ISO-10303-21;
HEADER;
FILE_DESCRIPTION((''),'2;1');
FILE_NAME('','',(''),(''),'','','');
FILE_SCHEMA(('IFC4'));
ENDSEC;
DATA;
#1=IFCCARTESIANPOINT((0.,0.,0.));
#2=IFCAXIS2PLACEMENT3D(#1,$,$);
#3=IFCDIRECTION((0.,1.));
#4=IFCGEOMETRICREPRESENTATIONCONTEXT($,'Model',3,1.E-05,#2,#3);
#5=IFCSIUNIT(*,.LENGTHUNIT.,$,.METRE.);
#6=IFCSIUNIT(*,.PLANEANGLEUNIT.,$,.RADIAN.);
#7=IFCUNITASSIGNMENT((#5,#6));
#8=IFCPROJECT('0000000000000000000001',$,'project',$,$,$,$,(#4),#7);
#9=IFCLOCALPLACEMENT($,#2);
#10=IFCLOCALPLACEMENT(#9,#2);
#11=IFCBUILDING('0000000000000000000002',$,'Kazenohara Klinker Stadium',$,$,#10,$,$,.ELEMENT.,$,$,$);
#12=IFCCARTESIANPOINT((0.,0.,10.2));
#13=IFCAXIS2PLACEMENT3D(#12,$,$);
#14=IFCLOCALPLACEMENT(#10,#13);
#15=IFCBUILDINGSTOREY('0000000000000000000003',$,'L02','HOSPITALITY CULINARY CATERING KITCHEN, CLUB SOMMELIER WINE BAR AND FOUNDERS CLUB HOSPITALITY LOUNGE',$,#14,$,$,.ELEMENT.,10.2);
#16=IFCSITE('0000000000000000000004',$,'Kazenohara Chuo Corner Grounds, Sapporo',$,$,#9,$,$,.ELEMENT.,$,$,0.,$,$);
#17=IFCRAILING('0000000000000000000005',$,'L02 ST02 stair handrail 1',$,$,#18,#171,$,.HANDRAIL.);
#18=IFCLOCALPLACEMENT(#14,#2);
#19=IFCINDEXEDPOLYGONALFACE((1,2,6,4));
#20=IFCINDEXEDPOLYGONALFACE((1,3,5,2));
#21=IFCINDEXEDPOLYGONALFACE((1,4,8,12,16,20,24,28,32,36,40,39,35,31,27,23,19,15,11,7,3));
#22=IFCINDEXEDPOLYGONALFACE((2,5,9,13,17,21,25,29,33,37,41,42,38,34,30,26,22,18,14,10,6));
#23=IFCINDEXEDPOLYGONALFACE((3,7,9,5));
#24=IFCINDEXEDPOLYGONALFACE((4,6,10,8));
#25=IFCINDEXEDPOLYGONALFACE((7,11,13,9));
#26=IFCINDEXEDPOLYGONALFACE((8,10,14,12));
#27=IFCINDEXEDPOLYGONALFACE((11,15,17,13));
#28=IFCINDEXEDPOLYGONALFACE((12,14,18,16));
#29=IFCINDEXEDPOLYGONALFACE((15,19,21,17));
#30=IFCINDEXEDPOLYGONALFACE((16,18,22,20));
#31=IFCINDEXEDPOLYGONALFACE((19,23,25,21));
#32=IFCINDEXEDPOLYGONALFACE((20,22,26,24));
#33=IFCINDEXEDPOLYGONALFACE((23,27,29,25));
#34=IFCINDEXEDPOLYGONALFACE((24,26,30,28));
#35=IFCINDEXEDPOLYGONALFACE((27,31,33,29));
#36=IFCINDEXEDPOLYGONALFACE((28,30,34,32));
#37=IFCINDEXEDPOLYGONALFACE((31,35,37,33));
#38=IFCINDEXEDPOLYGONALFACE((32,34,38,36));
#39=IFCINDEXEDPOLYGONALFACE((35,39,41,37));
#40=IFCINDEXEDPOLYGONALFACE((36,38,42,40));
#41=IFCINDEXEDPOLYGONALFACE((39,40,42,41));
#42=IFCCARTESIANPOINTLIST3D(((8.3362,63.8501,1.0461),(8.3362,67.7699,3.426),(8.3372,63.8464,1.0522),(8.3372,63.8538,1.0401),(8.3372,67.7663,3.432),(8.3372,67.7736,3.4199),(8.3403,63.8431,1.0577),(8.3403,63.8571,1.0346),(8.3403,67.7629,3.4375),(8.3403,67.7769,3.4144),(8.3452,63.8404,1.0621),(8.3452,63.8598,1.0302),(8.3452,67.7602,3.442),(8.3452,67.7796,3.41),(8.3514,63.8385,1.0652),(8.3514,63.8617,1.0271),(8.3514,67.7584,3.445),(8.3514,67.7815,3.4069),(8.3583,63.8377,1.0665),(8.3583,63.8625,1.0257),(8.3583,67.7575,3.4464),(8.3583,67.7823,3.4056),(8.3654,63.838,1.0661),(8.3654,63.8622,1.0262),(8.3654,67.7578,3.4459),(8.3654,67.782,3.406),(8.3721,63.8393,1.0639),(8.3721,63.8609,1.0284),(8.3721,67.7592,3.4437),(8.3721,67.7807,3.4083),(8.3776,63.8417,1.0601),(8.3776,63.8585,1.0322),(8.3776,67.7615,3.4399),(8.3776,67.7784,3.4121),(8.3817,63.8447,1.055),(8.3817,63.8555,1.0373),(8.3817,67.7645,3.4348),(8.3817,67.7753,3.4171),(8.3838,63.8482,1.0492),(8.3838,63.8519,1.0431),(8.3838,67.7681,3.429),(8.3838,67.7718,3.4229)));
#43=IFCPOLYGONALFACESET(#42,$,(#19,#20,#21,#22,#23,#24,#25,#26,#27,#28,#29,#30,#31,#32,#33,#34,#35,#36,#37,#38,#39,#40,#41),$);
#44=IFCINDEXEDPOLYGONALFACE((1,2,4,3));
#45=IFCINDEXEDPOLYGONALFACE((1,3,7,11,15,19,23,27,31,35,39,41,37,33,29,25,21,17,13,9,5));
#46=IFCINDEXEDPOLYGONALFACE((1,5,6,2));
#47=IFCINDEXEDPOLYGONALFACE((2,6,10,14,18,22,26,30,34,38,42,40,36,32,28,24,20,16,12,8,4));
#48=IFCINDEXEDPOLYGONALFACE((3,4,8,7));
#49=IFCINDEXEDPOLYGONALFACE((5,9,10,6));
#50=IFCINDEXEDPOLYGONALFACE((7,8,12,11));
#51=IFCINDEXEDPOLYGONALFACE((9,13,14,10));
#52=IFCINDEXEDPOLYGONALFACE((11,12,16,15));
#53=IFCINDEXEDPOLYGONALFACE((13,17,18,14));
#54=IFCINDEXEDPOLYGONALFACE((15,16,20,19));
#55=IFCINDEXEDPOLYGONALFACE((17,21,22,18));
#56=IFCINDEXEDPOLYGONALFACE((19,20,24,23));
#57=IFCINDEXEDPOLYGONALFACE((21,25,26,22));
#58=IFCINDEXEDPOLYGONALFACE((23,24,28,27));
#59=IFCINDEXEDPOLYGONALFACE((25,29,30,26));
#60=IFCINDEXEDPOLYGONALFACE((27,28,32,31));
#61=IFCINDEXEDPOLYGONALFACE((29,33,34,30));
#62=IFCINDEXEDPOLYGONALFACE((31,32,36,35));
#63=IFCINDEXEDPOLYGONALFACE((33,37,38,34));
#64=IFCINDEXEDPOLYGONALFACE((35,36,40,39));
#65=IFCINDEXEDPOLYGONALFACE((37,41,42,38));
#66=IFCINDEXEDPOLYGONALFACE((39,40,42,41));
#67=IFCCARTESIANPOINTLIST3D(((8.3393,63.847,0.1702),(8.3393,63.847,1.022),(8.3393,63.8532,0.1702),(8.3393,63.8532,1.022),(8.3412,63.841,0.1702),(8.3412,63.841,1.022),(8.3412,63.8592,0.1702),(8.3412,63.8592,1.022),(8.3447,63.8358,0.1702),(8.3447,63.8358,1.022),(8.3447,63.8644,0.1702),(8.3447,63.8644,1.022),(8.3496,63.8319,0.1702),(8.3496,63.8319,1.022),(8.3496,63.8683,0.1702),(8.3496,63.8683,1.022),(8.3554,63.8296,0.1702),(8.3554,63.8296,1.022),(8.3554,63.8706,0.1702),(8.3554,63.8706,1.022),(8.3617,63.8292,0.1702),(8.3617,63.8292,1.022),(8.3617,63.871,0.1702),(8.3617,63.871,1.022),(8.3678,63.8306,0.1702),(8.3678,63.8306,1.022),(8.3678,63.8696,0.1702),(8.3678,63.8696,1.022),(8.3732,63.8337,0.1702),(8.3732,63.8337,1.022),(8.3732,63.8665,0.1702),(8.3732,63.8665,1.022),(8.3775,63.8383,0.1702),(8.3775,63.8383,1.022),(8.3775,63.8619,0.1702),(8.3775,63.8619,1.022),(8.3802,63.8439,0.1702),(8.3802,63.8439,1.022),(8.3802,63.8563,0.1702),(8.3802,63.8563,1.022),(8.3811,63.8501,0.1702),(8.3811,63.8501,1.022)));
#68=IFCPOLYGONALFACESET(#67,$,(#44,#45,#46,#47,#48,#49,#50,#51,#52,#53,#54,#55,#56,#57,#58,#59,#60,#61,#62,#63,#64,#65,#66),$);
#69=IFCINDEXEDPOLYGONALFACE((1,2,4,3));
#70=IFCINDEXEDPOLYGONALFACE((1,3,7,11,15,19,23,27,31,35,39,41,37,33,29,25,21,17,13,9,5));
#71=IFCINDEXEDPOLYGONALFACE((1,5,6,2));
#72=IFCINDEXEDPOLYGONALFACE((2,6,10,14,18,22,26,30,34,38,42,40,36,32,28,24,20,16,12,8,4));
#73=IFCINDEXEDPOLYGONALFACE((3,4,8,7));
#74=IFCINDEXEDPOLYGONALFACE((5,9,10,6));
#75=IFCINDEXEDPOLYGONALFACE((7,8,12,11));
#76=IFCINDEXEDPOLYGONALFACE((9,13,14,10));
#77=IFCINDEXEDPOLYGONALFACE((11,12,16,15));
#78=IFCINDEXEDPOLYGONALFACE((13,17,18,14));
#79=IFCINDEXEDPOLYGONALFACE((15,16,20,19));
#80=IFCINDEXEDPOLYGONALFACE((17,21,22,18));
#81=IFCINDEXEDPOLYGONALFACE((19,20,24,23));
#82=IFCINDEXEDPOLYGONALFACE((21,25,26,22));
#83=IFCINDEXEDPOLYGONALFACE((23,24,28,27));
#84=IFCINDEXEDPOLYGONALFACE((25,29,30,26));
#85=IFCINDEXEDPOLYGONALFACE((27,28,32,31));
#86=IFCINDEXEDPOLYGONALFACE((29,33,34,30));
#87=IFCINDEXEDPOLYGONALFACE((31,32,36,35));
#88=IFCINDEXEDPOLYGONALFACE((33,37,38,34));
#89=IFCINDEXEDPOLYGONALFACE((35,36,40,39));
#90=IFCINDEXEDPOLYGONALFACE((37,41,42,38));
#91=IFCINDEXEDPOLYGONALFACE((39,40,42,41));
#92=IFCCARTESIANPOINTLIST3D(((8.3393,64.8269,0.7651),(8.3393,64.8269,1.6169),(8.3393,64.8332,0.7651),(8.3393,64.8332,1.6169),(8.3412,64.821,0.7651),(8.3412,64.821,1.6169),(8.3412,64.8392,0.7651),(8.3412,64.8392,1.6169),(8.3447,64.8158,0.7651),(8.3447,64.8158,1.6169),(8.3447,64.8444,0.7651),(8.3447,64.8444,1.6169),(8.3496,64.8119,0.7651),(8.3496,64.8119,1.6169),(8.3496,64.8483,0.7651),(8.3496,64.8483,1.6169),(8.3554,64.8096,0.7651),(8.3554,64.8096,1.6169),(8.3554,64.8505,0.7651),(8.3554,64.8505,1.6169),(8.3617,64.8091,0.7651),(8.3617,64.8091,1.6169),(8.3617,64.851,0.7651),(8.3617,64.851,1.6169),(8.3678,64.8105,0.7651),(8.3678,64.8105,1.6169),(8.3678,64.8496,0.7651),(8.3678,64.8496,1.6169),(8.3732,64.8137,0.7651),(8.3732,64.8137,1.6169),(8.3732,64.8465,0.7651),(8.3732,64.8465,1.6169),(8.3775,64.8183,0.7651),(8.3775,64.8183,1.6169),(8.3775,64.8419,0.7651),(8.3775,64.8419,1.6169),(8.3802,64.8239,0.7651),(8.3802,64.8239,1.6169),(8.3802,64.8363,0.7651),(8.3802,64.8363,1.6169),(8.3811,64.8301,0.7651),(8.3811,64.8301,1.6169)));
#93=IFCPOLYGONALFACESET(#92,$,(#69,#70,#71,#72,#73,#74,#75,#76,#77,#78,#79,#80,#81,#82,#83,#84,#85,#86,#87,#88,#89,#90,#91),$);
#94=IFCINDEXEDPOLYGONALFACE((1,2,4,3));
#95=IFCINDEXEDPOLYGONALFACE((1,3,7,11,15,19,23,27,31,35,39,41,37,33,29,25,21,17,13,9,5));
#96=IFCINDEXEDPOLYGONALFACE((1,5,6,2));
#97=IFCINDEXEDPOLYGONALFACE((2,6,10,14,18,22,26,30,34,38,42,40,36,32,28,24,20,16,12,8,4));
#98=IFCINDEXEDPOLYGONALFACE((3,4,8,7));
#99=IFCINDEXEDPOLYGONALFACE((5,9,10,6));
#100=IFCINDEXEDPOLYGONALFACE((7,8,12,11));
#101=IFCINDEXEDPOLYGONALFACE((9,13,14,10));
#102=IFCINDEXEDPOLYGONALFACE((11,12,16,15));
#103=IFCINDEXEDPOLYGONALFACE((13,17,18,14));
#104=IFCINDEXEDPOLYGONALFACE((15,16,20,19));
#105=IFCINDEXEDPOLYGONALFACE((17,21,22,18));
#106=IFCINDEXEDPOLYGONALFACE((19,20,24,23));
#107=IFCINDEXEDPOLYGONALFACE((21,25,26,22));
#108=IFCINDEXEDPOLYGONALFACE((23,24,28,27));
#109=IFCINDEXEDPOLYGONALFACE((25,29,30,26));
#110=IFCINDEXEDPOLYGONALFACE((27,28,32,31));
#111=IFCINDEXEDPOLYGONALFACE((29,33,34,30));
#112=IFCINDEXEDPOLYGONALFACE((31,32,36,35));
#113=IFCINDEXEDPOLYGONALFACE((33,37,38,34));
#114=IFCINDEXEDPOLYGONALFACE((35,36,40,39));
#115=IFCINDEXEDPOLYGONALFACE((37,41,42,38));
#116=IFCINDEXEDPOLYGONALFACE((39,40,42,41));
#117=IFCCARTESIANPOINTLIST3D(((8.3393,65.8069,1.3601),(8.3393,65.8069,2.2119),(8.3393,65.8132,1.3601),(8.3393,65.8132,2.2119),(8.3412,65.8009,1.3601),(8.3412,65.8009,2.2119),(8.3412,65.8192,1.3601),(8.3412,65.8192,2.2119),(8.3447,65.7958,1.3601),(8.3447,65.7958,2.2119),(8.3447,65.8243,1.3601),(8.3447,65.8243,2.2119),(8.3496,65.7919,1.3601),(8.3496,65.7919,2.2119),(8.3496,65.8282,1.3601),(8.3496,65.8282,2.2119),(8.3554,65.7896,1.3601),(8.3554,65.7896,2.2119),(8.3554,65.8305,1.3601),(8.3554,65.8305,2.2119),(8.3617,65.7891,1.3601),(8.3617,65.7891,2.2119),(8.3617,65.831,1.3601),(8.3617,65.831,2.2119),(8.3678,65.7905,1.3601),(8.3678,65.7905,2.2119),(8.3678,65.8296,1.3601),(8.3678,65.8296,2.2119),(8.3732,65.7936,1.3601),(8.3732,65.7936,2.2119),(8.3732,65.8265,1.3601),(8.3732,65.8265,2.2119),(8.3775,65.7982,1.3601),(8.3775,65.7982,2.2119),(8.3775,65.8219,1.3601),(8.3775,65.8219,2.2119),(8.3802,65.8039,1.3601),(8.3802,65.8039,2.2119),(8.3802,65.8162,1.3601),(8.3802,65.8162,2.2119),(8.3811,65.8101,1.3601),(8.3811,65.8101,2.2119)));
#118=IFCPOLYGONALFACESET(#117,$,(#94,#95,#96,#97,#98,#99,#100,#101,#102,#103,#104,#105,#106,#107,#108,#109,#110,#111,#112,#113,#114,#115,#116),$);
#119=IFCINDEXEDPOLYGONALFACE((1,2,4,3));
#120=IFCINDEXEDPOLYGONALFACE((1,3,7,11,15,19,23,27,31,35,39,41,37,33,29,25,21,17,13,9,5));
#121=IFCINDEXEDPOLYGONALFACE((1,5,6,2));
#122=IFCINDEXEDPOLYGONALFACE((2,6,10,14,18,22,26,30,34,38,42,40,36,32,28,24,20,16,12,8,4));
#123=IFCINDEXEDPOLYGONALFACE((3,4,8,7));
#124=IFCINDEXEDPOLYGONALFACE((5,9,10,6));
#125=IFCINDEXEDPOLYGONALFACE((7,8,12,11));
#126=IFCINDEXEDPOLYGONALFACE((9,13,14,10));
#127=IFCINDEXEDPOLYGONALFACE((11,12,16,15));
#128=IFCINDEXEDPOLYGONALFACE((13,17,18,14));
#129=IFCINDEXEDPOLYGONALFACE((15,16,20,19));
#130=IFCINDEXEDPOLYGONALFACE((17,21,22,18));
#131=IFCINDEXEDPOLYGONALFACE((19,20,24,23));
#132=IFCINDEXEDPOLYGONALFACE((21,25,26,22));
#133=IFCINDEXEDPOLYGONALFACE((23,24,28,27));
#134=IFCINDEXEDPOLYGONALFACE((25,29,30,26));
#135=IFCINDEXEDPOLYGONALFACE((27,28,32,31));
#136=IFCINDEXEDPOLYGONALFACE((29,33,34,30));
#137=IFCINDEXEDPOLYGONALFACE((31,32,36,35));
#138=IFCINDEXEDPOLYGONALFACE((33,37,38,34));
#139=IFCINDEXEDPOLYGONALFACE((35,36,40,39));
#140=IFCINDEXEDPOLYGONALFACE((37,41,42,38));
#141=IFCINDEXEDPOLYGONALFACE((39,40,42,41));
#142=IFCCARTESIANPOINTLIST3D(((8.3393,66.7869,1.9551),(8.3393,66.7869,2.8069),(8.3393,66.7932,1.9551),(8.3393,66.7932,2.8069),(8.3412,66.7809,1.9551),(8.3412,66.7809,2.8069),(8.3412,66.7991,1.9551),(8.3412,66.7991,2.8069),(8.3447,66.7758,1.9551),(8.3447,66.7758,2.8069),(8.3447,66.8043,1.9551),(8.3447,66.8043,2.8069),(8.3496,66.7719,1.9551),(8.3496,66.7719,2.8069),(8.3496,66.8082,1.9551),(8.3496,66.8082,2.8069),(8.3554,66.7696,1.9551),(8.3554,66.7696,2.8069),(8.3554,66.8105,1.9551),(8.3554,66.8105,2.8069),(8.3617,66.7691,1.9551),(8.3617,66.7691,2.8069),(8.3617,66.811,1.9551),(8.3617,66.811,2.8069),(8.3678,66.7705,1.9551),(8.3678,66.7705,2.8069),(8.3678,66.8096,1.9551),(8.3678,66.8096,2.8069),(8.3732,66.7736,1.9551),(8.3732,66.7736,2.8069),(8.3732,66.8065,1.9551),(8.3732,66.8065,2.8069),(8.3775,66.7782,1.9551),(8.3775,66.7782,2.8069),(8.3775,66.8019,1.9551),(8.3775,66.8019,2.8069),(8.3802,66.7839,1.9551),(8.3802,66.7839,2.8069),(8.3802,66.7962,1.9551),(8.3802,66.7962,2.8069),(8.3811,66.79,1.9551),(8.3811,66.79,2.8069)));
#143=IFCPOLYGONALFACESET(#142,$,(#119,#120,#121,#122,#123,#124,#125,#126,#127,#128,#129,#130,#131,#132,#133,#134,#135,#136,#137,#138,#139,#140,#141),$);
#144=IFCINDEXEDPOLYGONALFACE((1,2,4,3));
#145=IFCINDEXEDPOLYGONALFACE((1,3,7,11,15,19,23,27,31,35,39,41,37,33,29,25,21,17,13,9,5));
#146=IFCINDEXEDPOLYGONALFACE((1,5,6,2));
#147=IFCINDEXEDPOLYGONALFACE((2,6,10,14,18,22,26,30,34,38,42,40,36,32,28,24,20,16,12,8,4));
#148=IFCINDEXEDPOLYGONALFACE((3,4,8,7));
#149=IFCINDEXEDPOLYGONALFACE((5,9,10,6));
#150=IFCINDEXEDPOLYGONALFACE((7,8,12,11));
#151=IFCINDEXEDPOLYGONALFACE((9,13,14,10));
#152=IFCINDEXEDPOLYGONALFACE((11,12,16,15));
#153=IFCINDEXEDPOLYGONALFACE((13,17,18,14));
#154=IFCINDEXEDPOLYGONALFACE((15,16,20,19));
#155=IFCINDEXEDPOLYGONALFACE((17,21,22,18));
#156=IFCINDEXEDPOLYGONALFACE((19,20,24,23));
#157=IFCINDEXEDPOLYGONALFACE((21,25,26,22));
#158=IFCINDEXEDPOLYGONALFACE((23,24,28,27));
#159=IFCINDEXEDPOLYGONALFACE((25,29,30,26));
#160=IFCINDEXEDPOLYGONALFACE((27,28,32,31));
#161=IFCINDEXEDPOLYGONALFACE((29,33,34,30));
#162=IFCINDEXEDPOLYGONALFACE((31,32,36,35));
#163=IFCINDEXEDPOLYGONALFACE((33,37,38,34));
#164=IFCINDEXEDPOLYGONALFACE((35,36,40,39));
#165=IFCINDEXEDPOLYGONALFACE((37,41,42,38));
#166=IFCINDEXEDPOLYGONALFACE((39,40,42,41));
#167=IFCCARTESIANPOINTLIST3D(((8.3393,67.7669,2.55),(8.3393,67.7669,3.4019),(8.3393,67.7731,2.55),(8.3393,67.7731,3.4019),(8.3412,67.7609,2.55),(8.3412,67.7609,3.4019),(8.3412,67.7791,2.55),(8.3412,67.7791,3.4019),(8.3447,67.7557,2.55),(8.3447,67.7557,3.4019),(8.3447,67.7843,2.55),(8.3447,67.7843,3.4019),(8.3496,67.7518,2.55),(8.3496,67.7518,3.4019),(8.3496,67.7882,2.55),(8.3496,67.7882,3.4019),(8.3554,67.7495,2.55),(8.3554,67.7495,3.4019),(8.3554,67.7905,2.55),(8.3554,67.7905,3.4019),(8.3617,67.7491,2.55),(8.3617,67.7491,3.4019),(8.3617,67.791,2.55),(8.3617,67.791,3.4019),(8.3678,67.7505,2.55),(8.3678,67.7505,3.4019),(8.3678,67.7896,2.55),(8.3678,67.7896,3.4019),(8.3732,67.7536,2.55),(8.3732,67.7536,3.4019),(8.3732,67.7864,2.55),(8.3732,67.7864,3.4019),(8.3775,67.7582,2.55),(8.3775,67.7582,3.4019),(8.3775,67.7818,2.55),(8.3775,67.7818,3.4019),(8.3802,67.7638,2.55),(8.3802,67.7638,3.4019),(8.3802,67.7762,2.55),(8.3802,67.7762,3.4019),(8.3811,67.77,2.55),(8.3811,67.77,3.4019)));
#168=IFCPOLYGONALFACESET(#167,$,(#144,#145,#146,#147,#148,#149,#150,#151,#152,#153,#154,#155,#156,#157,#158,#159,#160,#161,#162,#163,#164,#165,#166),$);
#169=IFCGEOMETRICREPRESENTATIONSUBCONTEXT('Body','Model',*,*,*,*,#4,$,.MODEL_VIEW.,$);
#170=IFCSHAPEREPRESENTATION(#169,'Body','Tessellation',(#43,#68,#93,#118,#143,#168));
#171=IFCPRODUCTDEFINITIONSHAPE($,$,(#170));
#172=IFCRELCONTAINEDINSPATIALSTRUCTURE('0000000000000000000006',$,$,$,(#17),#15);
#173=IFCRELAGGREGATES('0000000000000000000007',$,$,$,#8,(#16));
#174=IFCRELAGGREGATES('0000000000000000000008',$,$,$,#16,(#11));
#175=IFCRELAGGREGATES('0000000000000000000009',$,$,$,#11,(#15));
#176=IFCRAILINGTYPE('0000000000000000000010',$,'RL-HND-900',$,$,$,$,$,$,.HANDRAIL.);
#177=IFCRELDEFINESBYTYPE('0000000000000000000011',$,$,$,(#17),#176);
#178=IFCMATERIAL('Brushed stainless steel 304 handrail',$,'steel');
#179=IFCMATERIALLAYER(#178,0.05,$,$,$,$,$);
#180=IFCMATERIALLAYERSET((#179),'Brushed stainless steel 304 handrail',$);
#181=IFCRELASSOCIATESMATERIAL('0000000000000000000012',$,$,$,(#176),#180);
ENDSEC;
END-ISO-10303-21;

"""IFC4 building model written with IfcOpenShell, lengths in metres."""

from ifc_helpers import new_model, si_unit, direction, frame, origin, origin_2d, place, context, subcontext, project, spatial, circle, extrude, material, layer, layer_set, type_object, element, save


model = new_model("IFC4")

# Units and contexts
model_context = context("Model", 3, precision=1e-05, world=origin(), true_north=direction((0.0, 1.0)))
body_context = subcontext(model_context, "Body", "Model", "MODEL_VIEW")
ifc_project = project(units=[si_unit("LENGTHUNIT", "METRE"), si_unit("PLANEANGLEUNIT", "RADIAN")], contexts=[model_context])

# Site, building, storey
site_placement = place(None, origin())
site = spatial("IfcSite", under=ifc_project, at=site_placement, Name="Kazenohara Chuo Corner Grounds, Sapporo", CompositionType="ELEMENT", RefElevation=0.0)
building_placement = place(site_placement, origin())
building = spatial("IfcBuilding", under=site, at=building_placement, Name="Kazenohara Klinker Stadium", CompositionType="ELEMENT")
storey_placement = place(building_placement, frame((0.0, 0.0, 10.2)))
storey = spatial("IfcBuildingStorey", under=building, at=storey_placement, Name="L02", Description="HOSPITALITY CULINARY CATERING KITCHEN, CLUB SOMMELIER WINE BAR AND FOUNDERS CLUB HOSPITALITY LOUNGE", CompositionType="ELEMENT", Elevation=10.2)

# Railing
ifc_material_1 = material(Name="Brushed stainless steel 304 handrail", Category="steel")
ifc_layer_1 = layer(ifc_material_1, 0.05)
ifc_layer_set_1 = layer_set([ifc_layer_1], Name="Brushed stainless steel 304 handrail")
railing_type_1 = type_object("IfcRailingType", Name="RL-HND-900", PredefinedType="HANDRAIL", material=ifc_layer_set_1)
railing_1_placement = place(storey_placement, frame((8.3601, 63.8501, 0.1702)))
element("IfcRailing", 1, at=railing_1_placement, inside=storey, type_object=railing_type_1, Name="L02 ST02 stair handrail 1", PredefinedType="HANDRAIL", context=body_context, shape_type="SweptSolid", body=[
    extrude(circle(Radius=0.0239, at=origin_2d()), frame((0.0, 0.0, 0.876), z_axis=(0.0, 0.854794, 0.518967), x_axis=(-1.0, 0.0, 0.0)), (0.0, 0.0, 1.0), 4.5857),
    extrude(circle(Radius=0.021, at=origin_2d()), origin(), (0.0, 0.0, 1.0), 0.8518),
    extrude(circle(Radius=0.021, at=origin_2d()), frame((0.0, 0.98, 0.595)), (0.0, 0.0, 1.0), 0.8518),
    extrude(circle(Radius=0.021, at=origin_2d()), frame((0.0, 1.96, 1.1899)), (0.0, 0.0, 1.0), 0.8518),
    extrude(circle(Radius=0.021, at=origin_2d()), frame((0.0, 2.9399, 1.7849)), (0.0, 0.0, 1.0), 0.8518),
    extrude(circle(Radius=0.021, at=origin_2d()), frame((0.0, 3.9199, 2.3799)), (0.0, 0.0, 1.0), 0.8518),
])

save(model, "model.ifc")
